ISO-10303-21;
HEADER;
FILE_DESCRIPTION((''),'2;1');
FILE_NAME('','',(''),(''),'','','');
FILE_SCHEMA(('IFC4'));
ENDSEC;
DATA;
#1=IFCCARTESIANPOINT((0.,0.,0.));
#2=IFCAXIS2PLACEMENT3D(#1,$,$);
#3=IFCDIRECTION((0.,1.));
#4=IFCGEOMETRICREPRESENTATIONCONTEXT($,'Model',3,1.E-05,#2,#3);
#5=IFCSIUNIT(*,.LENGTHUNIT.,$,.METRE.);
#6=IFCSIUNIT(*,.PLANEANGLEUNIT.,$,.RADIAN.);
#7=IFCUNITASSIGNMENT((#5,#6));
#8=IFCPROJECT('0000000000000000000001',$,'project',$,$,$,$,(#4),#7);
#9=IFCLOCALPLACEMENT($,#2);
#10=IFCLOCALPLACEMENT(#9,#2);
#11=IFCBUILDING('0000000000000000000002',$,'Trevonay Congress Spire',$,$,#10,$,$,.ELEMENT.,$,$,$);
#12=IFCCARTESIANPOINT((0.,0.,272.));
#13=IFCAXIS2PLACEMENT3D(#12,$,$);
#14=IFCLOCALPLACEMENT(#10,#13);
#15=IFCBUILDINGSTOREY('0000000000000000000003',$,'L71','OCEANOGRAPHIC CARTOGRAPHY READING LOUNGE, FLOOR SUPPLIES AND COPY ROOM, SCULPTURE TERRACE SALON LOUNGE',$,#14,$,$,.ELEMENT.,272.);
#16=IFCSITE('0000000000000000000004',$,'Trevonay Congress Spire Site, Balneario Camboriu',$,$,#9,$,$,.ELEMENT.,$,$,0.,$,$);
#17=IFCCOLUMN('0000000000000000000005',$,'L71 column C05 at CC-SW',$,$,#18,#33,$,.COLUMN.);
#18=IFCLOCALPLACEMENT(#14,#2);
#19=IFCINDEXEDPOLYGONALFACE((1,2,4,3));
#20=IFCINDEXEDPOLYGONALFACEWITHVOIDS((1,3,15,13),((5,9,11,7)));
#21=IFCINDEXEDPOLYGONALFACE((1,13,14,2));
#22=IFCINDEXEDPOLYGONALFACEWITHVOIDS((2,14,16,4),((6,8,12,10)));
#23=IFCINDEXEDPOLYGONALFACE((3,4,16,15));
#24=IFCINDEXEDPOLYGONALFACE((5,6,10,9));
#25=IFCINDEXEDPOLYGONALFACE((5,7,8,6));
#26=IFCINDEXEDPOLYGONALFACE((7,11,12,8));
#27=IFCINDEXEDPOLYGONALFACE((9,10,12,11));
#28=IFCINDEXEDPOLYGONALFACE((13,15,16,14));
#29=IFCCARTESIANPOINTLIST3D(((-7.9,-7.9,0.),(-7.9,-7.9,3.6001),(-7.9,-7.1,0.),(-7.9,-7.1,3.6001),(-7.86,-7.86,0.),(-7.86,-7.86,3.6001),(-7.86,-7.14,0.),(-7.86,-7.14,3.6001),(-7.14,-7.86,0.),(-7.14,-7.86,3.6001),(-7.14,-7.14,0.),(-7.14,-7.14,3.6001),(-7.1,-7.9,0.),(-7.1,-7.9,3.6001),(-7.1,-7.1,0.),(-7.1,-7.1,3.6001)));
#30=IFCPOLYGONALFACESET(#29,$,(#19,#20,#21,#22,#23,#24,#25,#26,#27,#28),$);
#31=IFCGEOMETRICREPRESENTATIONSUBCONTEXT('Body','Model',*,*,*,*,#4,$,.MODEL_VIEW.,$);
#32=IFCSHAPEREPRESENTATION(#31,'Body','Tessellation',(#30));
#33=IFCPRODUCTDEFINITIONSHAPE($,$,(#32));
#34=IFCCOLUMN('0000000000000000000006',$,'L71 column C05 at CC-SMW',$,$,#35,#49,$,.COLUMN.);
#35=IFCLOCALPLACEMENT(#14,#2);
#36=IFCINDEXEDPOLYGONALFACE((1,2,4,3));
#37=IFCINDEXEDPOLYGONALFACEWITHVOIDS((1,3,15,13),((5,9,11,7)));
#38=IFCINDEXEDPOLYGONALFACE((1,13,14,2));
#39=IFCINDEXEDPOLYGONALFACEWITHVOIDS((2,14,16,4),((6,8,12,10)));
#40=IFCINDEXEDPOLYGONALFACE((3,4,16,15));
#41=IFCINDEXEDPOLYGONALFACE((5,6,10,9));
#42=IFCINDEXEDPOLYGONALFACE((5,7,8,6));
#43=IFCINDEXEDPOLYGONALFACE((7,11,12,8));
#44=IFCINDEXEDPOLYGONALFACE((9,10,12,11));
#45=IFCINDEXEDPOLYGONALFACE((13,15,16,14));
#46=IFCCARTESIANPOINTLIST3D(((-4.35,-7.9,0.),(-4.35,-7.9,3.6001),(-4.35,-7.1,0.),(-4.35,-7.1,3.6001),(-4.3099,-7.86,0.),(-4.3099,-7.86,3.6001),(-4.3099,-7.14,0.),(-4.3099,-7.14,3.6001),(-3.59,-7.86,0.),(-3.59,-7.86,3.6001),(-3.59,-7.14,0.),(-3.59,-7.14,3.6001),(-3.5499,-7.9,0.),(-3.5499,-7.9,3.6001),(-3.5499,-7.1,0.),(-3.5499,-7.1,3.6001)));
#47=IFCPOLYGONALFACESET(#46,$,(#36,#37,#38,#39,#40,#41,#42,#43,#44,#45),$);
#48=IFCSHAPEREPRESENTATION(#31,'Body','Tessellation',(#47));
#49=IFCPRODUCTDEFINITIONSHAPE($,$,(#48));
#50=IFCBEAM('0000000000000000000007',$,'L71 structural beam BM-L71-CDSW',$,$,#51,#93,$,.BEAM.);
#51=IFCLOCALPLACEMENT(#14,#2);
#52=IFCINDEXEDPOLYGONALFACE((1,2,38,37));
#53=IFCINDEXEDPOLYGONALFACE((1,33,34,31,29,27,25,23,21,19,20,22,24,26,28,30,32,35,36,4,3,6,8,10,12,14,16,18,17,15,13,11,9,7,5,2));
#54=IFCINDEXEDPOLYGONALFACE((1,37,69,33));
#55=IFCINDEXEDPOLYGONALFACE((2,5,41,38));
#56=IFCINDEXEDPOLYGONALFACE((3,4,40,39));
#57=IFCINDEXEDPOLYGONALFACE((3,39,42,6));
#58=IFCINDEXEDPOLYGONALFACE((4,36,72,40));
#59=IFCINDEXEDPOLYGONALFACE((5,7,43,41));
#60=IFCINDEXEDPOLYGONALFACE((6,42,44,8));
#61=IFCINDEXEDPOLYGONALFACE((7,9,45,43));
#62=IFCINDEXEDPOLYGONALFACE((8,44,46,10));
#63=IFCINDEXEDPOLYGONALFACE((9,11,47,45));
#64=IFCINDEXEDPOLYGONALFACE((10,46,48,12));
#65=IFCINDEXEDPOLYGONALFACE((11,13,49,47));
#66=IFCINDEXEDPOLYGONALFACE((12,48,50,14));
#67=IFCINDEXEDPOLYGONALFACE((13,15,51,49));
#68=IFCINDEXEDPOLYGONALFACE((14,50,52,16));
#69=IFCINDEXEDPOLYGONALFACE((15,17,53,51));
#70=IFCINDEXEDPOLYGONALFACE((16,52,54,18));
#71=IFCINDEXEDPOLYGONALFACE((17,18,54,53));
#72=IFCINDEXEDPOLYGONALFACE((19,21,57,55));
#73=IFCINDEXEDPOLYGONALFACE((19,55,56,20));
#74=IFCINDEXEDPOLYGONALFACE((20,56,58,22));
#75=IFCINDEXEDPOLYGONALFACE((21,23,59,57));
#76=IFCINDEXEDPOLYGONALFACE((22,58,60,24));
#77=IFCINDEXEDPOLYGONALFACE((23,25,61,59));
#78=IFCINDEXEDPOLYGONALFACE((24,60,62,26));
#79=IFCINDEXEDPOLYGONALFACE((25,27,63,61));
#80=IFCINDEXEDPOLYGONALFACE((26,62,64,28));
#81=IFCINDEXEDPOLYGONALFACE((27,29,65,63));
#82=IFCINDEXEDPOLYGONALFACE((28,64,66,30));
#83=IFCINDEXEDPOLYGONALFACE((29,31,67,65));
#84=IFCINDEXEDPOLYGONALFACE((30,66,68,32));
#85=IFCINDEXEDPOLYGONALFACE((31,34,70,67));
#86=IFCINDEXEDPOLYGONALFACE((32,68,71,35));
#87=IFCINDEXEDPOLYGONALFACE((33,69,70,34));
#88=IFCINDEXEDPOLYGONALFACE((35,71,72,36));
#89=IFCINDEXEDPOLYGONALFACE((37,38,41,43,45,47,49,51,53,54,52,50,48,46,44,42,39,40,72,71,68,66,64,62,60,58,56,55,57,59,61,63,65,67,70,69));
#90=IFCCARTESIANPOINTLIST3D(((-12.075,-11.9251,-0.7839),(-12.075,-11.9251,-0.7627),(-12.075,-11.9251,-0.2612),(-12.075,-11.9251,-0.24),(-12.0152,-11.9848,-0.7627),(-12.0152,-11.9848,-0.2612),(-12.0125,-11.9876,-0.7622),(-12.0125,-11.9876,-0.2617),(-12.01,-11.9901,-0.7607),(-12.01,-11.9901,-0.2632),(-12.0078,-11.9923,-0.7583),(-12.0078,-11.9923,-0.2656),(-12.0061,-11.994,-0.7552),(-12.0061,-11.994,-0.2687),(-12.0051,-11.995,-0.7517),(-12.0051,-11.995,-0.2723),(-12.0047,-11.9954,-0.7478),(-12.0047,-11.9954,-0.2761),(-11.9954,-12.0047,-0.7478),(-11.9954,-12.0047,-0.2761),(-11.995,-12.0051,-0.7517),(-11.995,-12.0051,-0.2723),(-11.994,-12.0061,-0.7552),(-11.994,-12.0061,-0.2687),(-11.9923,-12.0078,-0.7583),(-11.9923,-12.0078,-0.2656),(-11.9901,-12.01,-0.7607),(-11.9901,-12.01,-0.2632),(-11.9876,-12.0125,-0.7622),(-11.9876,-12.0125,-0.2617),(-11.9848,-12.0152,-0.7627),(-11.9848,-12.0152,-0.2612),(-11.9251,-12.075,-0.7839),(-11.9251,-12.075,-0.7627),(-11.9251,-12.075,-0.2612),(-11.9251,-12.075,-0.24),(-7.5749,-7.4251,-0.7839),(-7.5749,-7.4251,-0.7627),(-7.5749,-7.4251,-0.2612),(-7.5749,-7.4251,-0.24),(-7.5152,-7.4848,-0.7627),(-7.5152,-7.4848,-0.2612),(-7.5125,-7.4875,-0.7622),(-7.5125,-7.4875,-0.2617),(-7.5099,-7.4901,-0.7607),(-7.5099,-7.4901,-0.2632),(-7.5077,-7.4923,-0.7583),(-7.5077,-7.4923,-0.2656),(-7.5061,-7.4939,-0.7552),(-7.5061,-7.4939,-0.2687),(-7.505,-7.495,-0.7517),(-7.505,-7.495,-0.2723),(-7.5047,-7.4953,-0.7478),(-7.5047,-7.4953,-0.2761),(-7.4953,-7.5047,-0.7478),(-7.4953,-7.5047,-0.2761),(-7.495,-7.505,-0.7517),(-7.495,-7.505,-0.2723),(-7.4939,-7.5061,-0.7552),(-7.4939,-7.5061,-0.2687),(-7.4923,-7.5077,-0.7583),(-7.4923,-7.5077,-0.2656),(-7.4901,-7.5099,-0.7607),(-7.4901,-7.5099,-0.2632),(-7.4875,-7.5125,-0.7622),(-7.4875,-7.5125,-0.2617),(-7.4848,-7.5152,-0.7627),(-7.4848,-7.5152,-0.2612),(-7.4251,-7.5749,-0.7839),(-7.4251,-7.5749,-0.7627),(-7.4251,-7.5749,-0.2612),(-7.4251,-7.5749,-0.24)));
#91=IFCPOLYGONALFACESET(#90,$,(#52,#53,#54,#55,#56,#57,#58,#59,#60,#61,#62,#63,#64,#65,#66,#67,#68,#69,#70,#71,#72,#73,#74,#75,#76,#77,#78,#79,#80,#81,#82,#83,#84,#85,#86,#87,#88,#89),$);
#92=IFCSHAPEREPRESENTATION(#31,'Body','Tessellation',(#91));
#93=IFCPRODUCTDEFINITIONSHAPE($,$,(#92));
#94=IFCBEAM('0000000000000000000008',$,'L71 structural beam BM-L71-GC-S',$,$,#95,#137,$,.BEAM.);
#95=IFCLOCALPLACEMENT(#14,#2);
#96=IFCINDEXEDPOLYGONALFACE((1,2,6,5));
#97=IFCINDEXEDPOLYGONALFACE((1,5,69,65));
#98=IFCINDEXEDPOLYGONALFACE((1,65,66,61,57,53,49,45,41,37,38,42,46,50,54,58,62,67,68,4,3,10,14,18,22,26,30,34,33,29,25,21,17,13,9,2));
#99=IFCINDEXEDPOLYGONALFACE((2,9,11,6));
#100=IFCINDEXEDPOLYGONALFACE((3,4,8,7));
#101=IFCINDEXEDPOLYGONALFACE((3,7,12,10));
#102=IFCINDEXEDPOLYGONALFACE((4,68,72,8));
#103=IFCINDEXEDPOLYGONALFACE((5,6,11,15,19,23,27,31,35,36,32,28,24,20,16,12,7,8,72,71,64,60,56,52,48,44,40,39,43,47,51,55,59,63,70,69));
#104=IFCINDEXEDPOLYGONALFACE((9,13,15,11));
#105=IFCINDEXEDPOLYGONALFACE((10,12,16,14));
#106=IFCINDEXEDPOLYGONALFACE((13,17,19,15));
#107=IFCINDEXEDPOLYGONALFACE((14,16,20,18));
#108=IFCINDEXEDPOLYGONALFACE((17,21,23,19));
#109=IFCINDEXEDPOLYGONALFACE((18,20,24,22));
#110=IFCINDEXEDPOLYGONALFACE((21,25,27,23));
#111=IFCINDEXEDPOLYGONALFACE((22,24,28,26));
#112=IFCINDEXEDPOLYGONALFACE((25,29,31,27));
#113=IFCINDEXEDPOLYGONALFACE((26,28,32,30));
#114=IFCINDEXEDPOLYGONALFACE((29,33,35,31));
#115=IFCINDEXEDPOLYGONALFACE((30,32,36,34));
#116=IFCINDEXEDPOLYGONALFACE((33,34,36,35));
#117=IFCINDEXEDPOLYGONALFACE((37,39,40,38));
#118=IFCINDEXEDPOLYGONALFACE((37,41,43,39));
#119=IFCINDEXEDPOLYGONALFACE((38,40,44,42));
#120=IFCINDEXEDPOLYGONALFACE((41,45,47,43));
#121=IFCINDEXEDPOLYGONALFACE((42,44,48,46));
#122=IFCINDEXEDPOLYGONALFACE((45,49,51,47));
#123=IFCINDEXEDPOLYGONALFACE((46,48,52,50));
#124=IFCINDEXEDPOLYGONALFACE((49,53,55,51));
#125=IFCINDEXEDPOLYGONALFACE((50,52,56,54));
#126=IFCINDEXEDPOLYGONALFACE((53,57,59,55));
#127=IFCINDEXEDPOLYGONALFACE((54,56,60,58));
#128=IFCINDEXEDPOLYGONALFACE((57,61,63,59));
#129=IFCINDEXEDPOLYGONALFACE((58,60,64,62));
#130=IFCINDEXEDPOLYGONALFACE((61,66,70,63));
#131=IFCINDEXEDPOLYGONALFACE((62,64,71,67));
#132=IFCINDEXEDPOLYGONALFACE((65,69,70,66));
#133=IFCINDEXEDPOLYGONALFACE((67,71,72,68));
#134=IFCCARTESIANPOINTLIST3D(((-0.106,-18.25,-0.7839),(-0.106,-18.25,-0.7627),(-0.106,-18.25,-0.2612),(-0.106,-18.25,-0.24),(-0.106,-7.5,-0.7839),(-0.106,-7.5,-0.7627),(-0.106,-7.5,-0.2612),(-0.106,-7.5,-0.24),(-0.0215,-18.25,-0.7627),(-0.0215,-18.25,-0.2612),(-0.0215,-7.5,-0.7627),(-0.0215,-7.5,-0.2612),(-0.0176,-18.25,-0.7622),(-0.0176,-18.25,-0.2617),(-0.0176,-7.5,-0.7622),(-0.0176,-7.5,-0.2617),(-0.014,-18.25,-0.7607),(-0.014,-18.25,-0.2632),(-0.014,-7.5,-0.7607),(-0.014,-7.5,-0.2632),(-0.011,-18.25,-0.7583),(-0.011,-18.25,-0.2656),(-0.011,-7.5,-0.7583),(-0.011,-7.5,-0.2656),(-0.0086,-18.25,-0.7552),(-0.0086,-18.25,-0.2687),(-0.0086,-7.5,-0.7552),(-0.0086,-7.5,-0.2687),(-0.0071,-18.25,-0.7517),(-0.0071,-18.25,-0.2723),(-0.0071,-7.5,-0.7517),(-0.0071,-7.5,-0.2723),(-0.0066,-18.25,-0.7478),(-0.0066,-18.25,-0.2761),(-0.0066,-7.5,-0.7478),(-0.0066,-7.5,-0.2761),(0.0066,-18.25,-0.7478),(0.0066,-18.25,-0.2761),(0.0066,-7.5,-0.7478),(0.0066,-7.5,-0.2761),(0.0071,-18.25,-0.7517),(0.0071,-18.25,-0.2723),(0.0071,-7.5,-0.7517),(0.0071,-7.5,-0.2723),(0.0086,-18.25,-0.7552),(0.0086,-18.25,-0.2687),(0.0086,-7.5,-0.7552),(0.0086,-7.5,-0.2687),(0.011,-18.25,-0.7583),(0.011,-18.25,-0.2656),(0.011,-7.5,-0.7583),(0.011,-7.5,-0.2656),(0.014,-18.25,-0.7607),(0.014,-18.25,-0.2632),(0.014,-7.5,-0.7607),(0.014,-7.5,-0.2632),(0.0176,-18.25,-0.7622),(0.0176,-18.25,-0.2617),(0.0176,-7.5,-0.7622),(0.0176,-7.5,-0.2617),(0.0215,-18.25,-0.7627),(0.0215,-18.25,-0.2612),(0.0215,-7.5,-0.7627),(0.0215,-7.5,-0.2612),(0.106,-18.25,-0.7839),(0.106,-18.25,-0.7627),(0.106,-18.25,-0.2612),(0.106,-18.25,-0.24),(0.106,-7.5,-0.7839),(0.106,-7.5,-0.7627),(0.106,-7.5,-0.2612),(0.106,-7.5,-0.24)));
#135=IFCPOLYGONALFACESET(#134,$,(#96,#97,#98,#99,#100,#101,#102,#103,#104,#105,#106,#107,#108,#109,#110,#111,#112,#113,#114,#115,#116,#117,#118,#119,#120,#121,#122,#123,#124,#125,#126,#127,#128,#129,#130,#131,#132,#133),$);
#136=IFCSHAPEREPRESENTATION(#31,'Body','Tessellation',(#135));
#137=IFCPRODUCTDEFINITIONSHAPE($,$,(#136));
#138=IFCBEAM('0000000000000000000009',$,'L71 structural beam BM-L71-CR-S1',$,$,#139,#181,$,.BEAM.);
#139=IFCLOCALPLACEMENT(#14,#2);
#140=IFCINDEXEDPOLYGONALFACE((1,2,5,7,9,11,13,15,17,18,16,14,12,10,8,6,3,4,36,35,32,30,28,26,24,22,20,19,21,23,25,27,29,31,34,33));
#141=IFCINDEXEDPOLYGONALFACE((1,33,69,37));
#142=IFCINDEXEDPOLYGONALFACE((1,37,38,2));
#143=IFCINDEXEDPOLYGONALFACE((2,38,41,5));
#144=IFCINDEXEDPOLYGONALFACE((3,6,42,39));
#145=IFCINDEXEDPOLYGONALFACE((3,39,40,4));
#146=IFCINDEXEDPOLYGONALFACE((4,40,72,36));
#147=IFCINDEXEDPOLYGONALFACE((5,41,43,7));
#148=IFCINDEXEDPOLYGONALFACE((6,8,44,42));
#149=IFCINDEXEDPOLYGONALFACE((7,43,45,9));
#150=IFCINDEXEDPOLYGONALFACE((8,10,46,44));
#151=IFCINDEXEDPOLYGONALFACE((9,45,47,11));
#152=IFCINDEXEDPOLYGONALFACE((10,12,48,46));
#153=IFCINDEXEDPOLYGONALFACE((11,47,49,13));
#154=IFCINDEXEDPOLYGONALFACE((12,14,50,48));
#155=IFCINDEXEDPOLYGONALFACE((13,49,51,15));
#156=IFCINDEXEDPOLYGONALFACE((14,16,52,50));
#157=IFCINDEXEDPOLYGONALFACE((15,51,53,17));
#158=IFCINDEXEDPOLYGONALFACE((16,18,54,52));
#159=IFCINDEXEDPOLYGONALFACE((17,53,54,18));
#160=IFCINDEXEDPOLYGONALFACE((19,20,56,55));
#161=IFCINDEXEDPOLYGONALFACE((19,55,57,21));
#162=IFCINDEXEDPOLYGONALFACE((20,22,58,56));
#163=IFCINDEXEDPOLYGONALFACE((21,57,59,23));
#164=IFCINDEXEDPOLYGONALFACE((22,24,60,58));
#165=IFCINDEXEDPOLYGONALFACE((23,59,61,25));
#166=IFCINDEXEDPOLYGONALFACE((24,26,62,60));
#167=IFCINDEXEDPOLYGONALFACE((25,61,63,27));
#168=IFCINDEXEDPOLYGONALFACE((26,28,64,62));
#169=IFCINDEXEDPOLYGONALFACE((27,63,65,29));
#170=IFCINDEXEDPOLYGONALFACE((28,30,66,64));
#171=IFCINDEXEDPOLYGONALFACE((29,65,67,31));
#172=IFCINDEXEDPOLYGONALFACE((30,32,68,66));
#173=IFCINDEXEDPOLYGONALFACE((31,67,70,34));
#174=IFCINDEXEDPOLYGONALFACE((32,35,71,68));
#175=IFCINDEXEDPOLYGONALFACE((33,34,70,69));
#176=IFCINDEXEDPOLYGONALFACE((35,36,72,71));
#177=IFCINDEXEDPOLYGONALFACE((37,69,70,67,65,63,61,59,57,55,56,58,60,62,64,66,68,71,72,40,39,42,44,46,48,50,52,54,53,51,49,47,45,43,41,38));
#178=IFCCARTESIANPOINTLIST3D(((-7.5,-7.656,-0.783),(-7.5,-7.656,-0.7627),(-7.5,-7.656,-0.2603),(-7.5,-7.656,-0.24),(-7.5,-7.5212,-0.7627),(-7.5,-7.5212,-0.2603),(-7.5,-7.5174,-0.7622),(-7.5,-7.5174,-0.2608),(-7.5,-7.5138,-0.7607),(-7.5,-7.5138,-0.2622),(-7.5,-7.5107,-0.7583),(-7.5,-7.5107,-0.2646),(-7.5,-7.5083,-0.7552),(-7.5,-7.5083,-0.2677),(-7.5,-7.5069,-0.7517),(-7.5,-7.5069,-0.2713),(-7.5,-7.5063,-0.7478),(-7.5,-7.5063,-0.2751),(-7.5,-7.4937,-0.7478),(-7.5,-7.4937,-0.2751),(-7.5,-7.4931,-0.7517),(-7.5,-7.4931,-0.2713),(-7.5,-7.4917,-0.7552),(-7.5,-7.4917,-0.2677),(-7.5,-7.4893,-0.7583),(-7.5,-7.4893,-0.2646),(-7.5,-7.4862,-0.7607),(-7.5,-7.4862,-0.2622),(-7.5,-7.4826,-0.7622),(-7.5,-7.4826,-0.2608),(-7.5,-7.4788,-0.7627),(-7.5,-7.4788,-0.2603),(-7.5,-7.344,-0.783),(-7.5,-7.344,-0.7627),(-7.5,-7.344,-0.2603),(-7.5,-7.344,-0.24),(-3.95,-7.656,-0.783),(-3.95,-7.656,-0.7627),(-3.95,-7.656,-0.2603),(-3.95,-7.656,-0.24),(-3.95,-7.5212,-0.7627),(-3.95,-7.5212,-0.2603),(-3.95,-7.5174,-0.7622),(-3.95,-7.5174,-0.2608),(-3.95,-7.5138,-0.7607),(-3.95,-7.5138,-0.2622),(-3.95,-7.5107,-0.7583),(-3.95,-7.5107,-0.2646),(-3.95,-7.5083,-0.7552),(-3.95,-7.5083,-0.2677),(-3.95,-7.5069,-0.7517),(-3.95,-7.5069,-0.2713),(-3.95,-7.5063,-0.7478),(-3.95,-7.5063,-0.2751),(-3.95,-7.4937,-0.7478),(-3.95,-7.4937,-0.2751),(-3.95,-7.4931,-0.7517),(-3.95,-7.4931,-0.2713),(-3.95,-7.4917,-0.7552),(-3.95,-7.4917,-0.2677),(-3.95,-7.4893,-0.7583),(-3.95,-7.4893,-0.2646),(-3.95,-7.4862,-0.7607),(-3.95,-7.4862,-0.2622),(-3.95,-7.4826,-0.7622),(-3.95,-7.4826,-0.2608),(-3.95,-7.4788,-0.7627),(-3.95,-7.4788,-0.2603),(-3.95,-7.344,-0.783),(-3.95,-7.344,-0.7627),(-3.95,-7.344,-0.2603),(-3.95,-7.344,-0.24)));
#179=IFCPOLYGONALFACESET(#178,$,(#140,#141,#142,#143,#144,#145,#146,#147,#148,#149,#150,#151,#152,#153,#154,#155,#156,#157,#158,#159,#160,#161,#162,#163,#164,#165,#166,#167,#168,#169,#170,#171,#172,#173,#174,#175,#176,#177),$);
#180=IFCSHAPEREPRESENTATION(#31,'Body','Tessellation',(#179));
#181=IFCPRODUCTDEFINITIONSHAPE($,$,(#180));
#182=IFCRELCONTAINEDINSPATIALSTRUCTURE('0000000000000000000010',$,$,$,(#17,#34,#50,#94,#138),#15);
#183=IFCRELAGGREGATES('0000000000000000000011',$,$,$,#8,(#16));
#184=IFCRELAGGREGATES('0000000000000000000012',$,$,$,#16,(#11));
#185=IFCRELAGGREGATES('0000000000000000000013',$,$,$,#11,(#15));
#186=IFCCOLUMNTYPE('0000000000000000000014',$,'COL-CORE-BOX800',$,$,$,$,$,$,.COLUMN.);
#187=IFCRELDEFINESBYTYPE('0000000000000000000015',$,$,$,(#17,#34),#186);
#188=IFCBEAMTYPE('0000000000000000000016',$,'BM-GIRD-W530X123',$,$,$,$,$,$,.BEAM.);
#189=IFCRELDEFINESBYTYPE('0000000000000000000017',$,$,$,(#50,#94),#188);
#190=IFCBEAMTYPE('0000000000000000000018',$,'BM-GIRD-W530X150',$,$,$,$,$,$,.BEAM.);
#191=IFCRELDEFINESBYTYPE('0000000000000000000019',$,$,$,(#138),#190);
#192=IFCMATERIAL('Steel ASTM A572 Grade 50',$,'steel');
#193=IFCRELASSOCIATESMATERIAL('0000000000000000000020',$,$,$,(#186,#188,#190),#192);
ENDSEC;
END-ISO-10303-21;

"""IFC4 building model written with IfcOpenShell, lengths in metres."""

from ifc_helpers import new_model, si_unit, direction, frame, origin, origin_2d, place, context, subcontext, project, spatial, hollow_rectangle, i_section, extrude, material, material_profile, profile_set, type_object, element, save


model = new_model("IFC4")

# Units and contexts
model_context = context("Model", 3, precision=1e-05, world=origin(), true_north=direction((0.0, 1.0)))
body_context = subcontext(model_context, "Body", "Model", "MODEL_VIEW")
ifc_project = project(units=[si_unit("LENGTHUNIT", "METRE"), si_unit("PLANEANGLEUNIT", "RADIAN")], contexts=[model_context])

# Site, building, storey
site_placement = place(None, origin())
site = spatial("IfcSite", under=ifc_project, at=site_placement, Name="Trevonay Congress Spire Site, Balneario Camboriu", CompositionType="ELEMENT", RefElevation=0.0)
building_placement = place(site_placement, origin())
building = spatial("IfcBuilding", under=site, at=building_placement, Name="Trevonay Congress Spire", CompositionType="ELEMENT")
storey_placement = place(building_placement, frame((0.0, 0.0, 272.0)))
storey = spatial("IfcBuildingStorey", under=building, at=storey_placement, Name="L71", Description="OCEANOGRAPHIC CARTOGRAPHY READING LOUNGE, FLOOR SUPPLIES AND COPY ROOM, SCULPTURE TERRACE SALON LOUNGE", CompositionType="ELEMENT", Elevation=272.0)

# Columns
ifc_material_1 = material(Name="Steel ASTM A572 Grade 50", Category="steel")
ifc_material_profile_1 = material_profile(ifc_material_1, hollow_rectangle(XDim=0.8, YDim=0.8, WallThickness=0.04, at=origin_2d()), Name="BOX 800x800x40")
ifc_profile_set_1 = profile_set([ifc_material_profile_1], Name="Steel ASTM A572 Grade 50")
column_type = type_object("IfcColumnType", Name="COL-CORE-BOX800", PredefinedType="COLUMN", material=ifc_profile_set_1)
for number, where, z_axis, x_axis, name in (
    (1, (-7.5, -7.5, 0.0), (0.0, 0.0, 1.0), (1.0, 0.0, 0.0), "L71 column C05 at CC-SW"),
    (2, (-3.95, -7.5, 0.0), (0.0, 0.0, 1.0), (1.0, 0.0, 0.0), "L71 column C05 at CC-SMW"),
):
    element("IfcColumn", number, at=place(storey_placement, frame(where, z_axis=z_axis, x_axis=x_axis)), inside=storey, type_object=column_type, Name=name, PredefinedType="COLUMN", context=body_context, shape_type="SweptSolid", body=[
        extrude(hollow_rectangle(XDim=0.8, YDim=0.8, WallThickness=0.04, at=origin_2d()), origin(), (0.0, 0.0, 1.0), 3.6001),
    ])

# Beams
ifc_material_profile_2 = material_profile(ifc_material_1, i_section(OverallWidth=0.2119, OverallDepth=0.5439, WebThickness=0.0132, FlangeThickness=0.0212, FilletRadius=0.0149, at=origin_2d()), Name="W530x123")
ifc_profile_set_2 = profile_set([ifc_material_profile_2], Name="Steel ASTM A572 Grade 50")
beam_type_1 = type_object("IfcBeamType", Name="BM-GIRD-W530X123", PredefinedType="BEAM", material=ifc_profile_set_2)
beam_1_placement = place(storey_placement, frame((-7.5, -7.5, -0.512), z_axis=(-0.707107, -0.707107, 0.0), x_axis=(0.707107, -0.707107, 0.0)))
element("IfcBeam", 3, at=beam_1_placement, inside=storey, type_object=beam_type_1, Name="L71 structural beam BM-L71-CDSW", PredefinedType="BEAM", context=body_context, shape_type="SweptSolid", body=[
    extrude(i_section(OverallWidth=0.2119, OverallDepth=0.5439, WebThickness=0.0132, FlangeThickness=0.0212, FilletRadius=0.0149, at=origin_2d()), origin(), (0.0, 0.0, 1.0), 6.364),
])
beam_2_placement = place(storey_placement, frame((0.0, -7.5, -0.512), z_axis=(0.0, -1.0, 0.0), x_axis=(1.0, 0.0, 0.0)))
element("IfcBeam", 4, at=beam_2_placement, inside=storey, type_object=beam_type_1, Name="L71 structural beam BM-L71-GC-S", PredefinedType="BEAM", context=body_context, shape_type="SweptSolid", body=[
    extrude(i_section(OverallWidth=0.2119, OverallDepth=0.5439, WebThickness=0.0132, FlangeThickness=0.0212, FilletRadius=0.0149, at=origin_2d()), origin(), (0.0, 0.0, 1.0), 10.75),
])
ifc_material_profile_3 = material_profile(ifc_material_1, i_section(OverallWidth=0.312, OverallDepth=0.543, WebThickness=0.0127, FlangeThickness=0.0203, FilletRadius=0.0149, at=origin_2d()), Name="W530x150")
ifc_profile_set_3 = profile_set([ifc_material_profile_3], Name="Steel ASTM A572 Grade 50")
beam_type_2 = type_object("IfcBeamType", Name="BM-GIRD-W530X150", PredefinedType="BEAM", material=ifc_profile_set_3)
beam_3_placement = place(storey_placement, frame((-7.5, -7.5, -0.5115), z_axis=(1.0, 0.0, 0.0), x_axis=(0.0, 1.0, 0.0)))
element("IfcBeam", 5, at=beam_3_placement, inside=storey, type_object=beam_type_2, Name="L71 structural beam BM-L71-CR-S1", PredefinedType="BEAM", context=body_context, shape_type="SweptSolid", body=[
    extrude(i_section(OverallWidth=0.312, OverallDepth=0.543, WebThickness=0.0127, FlangeThickness=0.0203, FilletRadius=0.0149, at=origin_2d()), origin(), (0.0, 0.0, 1.0), 3.55),
])

save(model, "model.ifc")
